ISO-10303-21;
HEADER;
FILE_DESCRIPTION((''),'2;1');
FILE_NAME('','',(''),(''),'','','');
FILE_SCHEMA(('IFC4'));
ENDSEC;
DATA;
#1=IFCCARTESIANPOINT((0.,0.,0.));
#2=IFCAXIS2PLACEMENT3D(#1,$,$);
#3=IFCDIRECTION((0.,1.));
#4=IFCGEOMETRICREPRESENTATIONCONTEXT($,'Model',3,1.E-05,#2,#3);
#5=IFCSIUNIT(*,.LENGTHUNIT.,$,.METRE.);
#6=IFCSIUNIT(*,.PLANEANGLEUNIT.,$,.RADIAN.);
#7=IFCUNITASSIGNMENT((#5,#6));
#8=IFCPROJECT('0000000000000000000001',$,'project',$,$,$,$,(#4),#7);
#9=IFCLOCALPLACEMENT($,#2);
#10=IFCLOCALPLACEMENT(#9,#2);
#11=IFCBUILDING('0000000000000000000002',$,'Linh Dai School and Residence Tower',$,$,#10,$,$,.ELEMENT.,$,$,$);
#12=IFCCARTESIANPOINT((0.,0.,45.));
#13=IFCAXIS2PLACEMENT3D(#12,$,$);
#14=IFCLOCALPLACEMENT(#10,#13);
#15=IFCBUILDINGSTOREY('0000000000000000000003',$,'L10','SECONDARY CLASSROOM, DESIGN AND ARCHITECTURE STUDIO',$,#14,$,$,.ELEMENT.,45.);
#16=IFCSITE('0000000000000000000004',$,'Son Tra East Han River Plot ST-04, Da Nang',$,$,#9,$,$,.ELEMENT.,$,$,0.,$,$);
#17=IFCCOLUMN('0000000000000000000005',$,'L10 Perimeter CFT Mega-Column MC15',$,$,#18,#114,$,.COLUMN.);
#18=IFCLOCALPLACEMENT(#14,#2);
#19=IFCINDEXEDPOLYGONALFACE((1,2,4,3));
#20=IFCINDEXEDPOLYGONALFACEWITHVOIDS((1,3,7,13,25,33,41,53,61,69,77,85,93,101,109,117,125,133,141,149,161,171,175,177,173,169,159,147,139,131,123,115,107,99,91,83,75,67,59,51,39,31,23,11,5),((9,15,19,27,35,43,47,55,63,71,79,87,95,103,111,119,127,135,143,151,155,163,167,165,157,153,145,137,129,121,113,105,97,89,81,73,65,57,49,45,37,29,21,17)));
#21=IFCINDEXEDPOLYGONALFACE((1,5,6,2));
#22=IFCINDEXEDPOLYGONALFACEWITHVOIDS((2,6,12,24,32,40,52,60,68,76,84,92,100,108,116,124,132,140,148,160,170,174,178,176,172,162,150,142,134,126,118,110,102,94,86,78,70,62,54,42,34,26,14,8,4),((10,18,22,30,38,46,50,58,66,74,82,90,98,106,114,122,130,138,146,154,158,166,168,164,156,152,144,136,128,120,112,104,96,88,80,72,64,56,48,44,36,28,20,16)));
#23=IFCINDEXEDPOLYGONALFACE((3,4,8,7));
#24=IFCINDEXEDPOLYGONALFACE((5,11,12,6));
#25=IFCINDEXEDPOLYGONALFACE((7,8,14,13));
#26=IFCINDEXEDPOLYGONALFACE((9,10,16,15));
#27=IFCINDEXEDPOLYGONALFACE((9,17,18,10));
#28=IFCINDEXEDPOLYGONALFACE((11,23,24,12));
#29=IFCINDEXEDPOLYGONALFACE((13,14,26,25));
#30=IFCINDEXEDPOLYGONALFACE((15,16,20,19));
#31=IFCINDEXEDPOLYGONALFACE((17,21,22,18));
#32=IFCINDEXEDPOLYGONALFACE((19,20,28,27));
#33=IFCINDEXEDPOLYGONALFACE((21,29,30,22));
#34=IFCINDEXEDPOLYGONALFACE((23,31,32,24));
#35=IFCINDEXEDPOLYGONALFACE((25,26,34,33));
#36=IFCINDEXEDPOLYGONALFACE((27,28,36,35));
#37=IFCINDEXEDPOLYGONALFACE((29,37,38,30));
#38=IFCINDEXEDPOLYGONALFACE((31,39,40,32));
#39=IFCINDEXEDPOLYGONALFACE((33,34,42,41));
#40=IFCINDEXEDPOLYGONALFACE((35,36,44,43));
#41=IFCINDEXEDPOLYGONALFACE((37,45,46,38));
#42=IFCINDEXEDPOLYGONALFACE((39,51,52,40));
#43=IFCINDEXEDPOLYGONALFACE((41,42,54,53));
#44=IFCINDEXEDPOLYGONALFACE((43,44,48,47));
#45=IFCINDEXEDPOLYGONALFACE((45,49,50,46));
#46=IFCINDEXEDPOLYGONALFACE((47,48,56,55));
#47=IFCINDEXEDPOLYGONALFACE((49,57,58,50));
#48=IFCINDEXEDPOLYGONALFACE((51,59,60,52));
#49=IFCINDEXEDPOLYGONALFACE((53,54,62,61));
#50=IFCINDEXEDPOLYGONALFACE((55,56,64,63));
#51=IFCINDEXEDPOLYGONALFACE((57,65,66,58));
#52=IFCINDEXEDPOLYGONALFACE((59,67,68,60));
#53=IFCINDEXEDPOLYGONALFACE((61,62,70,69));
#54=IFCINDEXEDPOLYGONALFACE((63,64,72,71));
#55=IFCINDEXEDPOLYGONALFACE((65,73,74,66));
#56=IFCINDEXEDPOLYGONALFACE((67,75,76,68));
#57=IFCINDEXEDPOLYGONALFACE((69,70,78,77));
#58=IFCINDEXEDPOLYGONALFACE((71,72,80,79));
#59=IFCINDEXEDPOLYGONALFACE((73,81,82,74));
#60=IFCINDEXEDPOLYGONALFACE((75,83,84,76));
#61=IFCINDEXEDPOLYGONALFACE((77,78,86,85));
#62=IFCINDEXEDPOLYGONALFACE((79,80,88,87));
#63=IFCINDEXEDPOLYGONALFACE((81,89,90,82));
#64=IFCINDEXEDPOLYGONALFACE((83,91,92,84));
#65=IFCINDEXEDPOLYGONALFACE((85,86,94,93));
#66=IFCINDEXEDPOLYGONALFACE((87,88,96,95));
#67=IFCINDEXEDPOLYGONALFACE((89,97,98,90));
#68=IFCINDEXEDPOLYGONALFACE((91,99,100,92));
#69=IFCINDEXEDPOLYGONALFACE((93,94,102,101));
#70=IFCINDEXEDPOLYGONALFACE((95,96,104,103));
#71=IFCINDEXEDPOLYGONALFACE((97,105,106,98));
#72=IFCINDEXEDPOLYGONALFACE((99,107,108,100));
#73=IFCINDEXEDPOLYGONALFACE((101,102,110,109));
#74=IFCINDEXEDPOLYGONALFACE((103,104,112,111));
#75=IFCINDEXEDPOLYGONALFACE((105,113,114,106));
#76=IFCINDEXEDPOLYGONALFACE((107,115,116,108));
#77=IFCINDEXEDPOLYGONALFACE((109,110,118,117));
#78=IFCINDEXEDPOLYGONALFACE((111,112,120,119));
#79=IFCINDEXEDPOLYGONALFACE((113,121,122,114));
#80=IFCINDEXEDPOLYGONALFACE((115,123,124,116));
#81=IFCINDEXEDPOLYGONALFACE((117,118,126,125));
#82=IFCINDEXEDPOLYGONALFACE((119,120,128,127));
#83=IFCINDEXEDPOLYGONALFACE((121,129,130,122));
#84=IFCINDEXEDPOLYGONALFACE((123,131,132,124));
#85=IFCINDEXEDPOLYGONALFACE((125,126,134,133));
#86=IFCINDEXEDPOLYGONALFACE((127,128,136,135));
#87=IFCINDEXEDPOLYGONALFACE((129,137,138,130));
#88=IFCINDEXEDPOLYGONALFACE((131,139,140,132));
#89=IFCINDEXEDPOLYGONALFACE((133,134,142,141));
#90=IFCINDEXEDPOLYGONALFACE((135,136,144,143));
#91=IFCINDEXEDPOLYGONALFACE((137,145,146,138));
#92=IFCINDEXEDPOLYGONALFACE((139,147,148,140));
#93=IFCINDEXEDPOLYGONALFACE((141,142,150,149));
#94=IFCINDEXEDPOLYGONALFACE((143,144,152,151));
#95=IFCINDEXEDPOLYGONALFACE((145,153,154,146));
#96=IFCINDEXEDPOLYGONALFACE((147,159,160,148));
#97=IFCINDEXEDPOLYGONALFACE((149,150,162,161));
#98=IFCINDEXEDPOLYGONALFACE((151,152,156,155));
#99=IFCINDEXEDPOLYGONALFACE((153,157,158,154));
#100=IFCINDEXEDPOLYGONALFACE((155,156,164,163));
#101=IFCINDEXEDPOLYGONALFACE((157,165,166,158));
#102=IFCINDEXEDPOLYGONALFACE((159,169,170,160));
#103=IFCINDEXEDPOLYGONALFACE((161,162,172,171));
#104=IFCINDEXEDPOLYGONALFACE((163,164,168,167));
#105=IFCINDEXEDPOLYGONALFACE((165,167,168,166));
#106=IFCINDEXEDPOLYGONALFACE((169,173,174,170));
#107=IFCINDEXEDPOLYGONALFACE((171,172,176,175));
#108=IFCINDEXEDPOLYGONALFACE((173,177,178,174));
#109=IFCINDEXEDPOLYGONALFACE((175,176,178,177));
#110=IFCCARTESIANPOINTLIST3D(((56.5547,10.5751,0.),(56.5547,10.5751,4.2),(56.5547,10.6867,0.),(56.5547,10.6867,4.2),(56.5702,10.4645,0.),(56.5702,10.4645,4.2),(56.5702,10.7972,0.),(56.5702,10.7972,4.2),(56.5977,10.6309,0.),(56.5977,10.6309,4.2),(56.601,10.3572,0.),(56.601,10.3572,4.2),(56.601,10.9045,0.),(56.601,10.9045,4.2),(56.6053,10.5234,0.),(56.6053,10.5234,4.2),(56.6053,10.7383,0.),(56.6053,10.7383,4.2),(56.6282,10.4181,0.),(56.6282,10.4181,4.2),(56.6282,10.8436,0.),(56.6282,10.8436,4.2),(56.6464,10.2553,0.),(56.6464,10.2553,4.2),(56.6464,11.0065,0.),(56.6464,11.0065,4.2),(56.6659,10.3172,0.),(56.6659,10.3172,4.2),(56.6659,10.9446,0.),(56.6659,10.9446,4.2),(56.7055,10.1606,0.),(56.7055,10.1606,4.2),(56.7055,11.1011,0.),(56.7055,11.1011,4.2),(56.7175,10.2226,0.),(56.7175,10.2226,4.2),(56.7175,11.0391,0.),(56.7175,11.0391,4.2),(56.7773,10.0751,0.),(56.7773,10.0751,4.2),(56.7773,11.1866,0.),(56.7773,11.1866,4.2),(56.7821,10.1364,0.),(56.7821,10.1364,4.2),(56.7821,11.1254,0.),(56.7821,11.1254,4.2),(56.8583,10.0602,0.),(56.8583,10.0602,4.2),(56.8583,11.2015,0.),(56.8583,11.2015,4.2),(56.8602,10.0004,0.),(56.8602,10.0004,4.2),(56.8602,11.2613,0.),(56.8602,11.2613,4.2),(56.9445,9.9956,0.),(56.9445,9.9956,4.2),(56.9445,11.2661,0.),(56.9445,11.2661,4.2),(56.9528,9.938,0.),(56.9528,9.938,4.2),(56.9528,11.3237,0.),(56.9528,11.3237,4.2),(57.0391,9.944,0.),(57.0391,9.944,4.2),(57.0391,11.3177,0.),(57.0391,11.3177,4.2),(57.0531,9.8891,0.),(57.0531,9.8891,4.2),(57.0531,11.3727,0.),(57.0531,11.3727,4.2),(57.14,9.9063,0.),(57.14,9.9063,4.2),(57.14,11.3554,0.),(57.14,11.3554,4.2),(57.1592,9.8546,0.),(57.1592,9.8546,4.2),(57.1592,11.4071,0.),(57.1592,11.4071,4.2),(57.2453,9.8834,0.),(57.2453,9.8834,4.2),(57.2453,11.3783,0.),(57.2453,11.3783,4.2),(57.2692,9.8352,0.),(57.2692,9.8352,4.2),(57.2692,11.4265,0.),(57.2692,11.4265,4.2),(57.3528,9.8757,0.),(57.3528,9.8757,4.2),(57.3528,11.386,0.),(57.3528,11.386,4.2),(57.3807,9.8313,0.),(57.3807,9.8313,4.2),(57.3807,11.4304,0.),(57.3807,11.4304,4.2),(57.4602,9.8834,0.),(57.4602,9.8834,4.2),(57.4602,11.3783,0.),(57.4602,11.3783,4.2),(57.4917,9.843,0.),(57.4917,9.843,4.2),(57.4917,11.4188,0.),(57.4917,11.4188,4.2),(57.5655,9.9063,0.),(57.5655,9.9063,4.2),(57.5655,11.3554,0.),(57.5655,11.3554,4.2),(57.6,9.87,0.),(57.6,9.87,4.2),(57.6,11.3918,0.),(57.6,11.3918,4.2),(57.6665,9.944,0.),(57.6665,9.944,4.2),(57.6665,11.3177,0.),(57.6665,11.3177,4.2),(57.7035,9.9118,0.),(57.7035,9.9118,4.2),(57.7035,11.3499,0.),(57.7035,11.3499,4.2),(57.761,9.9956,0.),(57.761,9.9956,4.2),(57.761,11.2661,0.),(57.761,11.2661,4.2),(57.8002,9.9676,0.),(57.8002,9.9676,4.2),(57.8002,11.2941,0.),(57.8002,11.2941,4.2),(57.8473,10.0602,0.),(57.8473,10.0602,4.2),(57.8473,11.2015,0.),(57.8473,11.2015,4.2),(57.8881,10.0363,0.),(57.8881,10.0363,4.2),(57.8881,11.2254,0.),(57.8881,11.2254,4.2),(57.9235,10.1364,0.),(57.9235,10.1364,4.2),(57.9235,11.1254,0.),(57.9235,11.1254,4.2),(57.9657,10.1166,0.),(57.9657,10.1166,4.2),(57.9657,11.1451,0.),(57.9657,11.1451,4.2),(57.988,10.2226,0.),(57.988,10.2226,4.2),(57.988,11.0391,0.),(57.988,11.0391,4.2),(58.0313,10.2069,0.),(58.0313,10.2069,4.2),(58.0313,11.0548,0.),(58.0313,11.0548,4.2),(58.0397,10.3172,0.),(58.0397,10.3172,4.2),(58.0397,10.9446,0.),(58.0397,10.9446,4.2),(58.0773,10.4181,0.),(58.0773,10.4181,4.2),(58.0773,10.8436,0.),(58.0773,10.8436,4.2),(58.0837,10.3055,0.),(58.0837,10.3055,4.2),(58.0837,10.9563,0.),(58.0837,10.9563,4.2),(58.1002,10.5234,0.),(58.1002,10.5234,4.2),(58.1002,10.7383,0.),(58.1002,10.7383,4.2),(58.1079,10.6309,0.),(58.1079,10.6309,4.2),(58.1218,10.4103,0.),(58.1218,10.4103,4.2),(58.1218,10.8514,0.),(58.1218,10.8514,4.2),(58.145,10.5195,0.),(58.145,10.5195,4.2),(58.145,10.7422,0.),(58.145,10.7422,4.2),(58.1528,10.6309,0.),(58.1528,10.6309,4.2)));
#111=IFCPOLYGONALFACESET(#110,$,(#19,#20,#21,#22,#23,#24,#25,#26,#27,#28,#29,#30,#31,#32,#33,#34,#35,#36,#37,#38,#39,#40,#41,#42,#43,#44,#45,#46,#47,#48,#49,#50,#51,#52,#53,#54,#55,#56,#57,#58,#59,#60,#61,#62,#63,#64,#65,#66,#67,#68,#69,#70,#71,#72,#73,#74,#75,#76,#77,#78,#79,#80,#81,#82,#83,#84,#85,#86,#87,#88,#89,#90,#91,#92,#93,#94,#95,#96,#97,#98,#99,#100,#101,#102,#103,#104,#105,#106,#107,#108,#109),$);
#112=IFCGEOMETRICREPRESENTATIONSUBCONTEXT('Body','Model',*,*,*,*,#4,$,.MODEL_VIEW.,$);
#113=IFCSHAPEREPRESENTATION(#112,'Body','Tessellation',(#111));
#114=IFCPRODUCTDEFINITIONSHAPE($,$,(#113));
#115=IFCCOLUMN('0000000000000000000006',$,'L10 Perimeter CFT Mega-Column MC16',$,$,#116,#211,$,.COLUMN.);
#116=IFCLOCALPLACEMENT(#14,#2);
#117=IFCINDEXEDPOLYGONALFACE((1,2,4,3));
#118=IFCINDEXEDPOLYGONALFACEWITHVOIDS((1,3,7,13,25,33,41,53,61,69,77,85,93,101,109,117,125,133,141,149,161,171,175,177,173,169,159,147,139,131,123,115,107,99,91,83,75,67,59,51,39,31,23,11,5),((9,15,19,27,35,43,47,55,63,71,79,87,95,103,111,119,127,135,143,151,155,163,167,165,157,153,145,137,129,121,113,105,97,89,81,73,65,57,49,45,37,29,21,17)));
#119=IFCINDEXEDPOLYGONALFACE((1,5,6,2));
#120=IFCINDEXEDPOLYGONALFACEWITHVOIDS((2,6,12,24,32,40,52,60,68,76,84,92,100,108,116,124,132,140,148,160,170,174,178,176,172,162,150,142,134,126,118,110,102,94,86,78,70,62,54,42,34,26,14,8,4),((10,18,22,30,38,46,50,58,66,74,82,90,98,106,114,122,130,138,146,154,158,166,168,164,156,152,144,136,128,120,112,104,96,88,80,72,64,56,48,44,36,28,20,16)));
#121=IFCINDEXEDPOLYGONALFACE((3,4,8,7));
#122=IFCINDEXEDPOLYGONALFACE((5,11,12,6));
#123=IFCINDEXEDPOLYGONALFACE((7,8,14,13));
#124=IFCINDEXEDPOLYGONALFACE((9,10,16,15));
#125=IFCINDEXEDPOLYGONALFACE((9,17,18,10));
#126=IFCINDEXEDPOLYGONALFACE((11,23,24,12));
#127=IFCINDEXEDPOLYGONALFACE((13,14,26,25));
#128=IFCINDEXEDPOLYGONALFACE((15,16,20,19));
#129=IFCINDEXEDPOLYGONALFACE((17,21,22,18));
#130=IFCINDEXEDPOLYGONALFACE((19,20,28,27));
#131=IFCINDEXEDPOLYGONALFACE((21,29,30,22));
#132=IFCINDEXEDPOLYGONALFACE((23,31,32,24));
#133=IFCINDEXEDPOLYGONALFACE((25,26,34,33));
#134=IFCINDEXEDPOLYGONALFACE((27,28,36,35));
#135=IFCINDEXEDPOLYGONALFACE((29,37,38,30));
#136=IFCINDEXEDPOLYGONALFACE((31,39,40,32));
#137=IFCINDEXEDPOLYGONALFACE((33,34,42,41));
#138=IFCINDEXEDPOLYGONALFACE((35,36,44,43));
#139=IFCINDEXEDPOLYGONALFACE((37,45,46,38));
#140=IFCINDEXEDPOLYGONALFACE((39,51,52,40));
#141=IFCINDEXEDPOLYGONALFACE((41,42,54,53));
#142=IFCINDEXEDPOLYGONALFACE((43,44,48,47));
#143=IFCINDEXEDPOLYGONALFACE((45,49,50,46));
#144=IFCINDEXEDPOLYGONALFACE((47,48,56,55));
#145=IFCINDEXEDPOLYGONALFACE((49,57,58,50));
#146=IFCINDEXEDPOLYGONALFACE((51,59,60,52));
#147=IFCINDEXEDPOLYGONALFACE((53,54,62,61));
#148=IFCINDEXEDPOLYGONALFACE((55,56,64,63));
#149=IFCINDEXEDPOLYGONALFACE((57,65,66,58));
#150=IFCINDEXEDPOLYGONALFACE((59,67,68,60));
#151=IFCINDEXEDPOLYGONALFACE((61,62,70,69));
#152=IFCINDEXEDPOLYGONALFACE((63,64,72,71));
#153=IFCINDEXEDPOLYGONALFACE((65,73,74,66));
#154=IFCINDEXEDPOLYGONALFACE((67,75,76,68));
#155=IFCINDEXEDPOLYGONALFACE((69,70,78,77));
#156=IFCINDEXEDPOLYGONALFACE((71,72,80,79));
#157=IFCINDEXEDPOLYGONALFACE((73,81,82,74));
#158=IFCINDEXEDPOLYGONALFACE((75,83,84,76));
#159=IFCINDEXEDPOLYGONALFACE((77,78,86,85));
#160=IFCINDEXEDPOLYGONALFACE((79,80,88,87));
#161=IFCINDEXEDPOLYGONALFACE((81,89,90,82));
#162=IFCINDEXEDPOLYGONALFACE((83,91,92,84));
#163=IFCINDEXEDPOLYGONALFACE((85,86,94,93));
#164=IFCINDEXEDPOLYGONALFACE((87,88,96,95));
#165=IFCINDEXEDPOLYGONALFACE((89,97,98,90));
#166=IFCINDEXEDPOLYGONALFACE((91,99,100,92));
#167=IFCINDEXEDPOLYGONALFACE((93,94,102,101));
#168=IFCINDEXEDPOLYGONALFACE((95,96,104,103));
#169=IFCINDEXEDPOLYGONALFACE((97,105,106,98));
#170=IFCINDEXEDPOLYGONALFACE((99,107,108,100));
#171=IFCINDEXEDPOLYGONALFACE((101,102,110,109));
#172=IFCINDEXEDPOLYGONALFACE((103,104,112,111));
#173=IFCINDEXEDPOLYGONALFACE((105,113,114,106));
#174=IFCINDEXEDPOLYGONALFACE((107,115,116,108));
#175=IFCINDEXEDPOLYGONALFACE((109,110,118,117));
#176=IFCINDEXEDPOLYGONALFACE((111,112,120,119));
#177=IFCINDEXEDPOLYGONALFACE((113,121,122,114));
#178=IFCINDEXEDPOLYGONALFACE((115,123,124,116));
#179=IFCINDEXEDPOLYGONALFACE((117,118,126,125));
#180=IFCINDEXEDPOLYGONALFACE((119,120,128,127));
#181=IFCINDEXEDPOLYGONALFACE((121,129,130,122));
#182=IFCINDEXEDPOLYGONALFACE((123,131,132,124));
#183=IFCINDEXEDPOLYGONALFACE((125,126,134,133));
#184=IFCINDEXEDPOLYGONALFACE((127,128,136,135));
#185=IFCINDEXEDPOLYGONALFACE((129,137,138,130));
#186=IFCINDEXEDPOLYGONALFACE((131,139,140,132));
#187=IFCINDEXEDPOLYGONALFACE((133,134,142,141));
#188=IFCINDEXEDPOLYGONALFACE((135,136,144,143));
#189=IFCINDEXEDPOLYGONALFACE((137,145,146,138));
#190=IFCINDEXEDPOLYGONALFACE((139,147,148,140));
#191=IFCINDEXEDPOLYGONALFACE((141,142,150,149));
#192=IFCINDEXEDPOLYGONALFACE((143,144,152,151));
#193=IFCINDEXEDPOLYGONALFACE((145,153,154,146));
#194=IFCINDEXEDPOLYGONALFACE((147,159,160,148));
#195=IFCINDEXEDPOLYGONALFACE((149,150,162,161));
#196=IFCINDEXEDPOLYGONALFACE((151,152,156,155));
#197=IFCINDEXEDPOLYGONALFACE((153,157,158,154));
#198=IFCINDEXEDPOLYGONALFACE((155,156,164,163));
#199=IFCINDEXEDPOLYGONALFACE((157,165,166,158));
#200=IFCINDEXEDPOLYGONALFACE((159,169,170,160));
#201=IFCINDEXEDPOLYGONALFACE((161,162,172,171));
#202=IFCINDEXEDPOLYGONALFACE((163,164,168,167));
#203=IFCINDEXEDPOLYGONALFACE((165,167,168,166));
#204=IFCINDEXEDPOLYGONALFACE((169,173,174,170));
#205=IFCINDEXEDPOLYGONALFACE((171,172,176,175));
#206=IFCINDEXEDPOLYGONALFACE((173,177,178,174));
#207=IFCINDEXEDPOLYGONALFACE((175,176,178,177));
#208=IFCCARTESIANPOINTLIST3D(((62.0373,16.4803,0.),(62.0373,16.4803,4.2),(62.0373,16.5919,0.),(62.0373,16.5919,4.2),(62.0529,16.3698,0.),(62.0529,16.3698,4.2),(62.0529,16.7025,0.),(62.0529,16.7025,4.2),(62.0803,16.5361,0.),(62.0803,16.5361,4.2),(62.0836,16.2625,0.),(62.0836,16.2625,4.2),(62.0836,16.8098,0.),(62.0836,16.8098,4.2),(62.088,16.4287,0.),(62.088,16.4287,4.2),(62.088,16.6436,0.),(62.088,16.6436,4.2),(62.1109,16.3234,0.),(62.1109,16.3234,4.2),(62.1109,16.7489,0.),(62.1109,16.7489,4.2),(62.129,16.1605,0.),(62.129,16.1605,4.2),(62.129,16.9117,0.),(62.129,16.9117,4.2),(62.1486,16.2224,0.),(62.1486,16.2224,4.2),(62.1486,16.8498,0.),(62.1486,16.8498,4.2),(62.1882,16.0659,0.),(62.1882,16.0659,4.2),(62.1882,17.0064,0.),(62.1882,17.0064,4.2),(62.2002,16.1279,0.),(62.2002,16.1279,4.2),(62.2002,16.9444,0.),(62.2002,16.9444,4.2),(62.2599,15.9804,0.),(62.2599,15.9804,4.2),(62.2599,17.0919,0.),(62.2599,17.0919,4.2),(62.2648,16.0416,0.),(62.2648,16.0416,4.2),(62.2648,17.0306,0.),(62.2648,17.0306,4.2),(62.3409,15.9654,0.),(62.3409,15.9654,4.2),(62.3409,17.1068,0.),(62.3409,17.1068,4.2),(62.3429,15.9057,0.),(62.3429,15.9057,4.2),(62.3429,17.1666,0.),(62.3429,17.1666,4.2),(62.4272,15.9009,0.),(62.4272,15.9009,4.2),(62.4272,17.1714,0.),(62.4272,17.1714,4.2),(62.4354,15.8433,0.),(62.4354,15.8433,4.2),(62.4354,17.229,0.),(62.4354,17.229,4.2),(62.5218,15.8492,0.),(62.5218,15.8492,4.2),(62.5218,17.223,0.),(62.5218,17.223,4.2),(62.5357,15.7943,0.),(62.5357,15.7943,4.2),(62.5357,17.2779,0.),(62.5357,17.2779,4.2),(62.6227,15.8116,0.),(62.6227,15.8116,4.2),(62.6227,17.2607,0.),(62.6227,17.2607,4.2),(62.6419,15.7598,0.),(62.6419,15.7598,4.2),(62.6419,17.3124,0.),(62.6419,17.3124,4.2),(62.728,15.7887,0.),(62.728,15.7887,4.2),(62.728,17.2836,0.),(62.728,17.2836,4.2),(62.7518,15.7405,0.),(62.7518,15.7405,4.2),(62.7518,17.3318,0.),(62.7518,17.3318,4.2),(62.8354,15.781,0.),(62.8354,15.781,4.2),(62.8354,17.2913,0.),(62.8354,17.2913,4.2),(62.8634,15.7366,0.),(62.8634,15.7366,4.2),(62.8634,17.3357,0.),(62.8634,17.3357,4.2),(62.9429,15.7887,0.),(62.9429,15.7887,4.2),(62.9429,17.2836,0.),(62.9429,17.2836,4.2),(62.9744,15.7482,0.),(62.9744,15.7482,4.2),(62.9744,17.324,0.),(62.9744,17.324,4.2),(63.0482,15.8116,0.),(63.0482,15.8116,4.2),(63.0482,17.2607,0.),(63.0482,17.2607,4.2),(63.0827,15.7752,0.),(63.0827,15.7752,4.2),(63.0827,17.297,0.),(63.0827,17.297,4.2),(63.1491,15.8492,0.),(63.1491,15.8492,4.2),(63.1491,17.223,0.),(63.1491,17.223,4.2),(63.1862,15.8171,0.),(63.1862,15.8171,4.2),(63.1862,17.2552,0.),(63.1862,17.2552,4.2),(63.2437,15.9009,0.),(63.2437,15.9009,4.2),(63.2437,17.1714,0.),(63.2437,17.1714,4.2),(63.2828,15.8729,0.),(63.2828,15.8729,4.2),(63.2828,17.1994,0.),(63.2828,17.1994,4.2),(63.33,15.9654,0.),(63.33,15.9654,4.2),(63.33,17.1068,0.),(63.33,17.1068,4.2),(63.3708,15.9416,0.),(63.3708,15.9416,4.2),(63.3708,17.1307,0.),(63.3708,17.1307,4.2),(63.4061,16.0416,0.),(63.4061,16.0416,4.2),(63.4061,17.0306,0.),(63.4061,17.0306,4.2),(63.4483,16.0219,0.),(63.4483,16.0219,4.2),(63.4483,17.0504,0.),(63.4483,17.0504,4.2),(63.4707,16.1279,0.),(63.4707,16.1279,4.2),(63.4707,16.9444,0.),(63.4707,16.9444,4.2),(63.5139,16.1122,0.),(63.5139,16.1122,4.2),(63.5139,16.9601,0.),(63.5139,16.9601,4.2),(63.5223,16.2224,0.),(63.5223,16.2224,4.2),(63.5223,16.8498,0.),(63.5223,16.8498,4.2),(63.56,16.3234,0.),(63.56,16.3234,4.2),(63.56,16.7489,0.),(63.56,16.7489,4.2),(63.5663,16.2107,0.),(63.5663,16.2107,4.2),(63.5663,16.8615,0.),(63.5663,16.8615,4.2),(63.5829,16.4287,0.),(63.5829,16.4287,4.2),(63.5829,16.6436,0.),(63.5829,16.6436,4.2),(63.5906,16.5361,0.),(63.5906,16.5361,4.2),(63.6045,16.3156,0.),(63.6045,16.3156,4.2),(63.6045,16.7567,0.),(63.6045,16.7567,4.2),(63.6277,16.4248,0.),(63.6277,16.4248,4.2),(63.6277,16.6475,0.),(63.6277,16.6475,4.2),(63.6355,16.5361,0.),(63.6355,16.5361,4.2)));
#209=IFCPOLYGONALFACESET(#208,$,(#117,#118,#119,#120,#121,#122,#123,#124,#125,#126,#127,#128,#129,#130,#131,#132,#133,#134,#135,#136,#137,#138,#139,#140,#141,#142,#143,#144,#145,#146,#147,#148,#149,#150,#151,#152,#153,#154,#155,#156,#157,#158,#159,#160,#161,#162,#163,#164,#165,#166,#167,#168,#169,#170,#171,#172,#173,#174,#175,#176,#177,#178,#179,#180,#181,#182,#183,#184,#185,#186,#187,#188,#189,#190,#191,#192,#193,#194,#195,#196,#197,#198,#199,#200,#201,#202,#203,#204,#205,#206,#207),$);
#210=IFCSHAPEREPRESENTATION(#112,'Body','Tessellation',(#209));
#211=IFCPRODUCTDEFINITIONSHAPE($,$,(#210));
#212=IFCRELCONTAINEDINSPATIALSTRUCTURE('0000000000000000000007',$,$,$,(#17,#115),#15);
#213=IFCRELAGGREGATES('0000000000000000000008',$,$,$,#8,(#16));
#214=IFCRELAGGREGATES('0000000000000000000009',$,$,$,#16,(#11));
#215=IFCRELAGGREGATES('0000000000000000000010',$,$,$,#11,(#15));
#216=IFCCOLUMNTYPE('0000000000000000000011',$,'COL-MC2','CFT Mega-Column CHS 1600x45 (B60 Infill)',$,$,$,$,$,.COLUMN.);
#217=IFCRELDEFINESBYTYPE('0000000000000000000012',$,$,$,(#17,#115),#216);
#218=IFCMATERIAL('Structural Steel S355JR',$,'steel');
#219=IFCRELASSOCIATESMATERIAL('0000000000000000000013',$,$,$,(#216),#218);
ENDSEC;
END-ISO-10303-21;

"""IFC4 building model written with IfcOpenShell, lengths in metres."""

from ifc_helpers import new_model, si_unit, direction, frame, origin, origin_2d, place, context, subcontext, project, spatial, hollow_circle, extrude, material, material_profile, profile_set, type_object, element, save


model = new_model("IFC4")

# Units and contexts
model_context = context("Model", 3, precision=1e-05, world=origin(), true_north=direction((0.0, 1.0)))
body_context = subcontext(model_context, "Body", "Model", "MODEL_VIEW")
ifc_project = project(units=[si_unit("LENGTHUNIT", "METRE"), si_unit("PLANEANGLEUNIT", "RADIAN")], contexts=[model_context])

# Site, building, storey
site_placement = place(None, origin())
site = spatial("IfcSite", under=ifc_project, at=site_placement, Name="Son Tra East Han River Plot ST-04, Da Nang", CompositionType="ELEMENT", RefElevation=0.0)
building_placement = place(site_placement, origin())
building = spatial("IfcBuilding", under=site, at=building_placement, Name="Linh Dai School and Residence Tower", CompositionType="ELEMENT")
storey_placement = place(building_placement, frame((0.0, 0.0, 45.0)))
storey = spatial("IfcBuildingStorey", under=building, at=storey_placement, Name="L10", Description="SECONDARY CLASSROOM, DESIGN AND ARCHITECTURE STUDIO", CompositionType="ELEMENT", Elevation=45.0)

# Columns
ifc_material_1 = material(Name="Structural Steel S355JR", Category="steel")
ifc_material_profile_1 = material_profile(ifc_material_1, hollow_circle(Radius=0.8, WallThickness=0.0449, at=origin_2d()), Name="CHS 1600x45")
ifc_profile_set_1 = profile_set([ifc_material_profile_1], Name="Structural Steel S355JR")
column_type = type_object("IfcColumnType", Name="COL-MC2", Description="CFT Mega-Column CHS 1600x45 (B60 Infill)", PredefinedType="COLUMN", material=ifc_profile_set_1)
for number, where, z_axis, x_axis, name in (
    (1, (57.3528, 10.6309, 0.0), (0.0, 0.0, 1.0), (1.0, 0.0, 0.0), "L10 Perimeter CFT Mega-Column MC15"),
    (2, (62.8354, 16.5361, 0.0), (0.0, 0.0, 1.0), (1.0, 0.0, 0.0), "L10 Perimeter CFT Mega-Column MC16"),
):
    element("IfcColumn", number, at=place(storey_placement, frame(where, z_axis=z_axis, x_axis=x_axis)), inside=storey, type_object=column_type, Name=name, PredefinedType="COLUMN", context=body_context, shape_type="SweptSolid", body=[
        extrude(hollow_circle(Radius=0.8, WallThickness=0.0449, at=origin_2d()), origin(), (0.0, 0.0, 1.0), 4.2),
    ])

save(model, "model.ifc")
